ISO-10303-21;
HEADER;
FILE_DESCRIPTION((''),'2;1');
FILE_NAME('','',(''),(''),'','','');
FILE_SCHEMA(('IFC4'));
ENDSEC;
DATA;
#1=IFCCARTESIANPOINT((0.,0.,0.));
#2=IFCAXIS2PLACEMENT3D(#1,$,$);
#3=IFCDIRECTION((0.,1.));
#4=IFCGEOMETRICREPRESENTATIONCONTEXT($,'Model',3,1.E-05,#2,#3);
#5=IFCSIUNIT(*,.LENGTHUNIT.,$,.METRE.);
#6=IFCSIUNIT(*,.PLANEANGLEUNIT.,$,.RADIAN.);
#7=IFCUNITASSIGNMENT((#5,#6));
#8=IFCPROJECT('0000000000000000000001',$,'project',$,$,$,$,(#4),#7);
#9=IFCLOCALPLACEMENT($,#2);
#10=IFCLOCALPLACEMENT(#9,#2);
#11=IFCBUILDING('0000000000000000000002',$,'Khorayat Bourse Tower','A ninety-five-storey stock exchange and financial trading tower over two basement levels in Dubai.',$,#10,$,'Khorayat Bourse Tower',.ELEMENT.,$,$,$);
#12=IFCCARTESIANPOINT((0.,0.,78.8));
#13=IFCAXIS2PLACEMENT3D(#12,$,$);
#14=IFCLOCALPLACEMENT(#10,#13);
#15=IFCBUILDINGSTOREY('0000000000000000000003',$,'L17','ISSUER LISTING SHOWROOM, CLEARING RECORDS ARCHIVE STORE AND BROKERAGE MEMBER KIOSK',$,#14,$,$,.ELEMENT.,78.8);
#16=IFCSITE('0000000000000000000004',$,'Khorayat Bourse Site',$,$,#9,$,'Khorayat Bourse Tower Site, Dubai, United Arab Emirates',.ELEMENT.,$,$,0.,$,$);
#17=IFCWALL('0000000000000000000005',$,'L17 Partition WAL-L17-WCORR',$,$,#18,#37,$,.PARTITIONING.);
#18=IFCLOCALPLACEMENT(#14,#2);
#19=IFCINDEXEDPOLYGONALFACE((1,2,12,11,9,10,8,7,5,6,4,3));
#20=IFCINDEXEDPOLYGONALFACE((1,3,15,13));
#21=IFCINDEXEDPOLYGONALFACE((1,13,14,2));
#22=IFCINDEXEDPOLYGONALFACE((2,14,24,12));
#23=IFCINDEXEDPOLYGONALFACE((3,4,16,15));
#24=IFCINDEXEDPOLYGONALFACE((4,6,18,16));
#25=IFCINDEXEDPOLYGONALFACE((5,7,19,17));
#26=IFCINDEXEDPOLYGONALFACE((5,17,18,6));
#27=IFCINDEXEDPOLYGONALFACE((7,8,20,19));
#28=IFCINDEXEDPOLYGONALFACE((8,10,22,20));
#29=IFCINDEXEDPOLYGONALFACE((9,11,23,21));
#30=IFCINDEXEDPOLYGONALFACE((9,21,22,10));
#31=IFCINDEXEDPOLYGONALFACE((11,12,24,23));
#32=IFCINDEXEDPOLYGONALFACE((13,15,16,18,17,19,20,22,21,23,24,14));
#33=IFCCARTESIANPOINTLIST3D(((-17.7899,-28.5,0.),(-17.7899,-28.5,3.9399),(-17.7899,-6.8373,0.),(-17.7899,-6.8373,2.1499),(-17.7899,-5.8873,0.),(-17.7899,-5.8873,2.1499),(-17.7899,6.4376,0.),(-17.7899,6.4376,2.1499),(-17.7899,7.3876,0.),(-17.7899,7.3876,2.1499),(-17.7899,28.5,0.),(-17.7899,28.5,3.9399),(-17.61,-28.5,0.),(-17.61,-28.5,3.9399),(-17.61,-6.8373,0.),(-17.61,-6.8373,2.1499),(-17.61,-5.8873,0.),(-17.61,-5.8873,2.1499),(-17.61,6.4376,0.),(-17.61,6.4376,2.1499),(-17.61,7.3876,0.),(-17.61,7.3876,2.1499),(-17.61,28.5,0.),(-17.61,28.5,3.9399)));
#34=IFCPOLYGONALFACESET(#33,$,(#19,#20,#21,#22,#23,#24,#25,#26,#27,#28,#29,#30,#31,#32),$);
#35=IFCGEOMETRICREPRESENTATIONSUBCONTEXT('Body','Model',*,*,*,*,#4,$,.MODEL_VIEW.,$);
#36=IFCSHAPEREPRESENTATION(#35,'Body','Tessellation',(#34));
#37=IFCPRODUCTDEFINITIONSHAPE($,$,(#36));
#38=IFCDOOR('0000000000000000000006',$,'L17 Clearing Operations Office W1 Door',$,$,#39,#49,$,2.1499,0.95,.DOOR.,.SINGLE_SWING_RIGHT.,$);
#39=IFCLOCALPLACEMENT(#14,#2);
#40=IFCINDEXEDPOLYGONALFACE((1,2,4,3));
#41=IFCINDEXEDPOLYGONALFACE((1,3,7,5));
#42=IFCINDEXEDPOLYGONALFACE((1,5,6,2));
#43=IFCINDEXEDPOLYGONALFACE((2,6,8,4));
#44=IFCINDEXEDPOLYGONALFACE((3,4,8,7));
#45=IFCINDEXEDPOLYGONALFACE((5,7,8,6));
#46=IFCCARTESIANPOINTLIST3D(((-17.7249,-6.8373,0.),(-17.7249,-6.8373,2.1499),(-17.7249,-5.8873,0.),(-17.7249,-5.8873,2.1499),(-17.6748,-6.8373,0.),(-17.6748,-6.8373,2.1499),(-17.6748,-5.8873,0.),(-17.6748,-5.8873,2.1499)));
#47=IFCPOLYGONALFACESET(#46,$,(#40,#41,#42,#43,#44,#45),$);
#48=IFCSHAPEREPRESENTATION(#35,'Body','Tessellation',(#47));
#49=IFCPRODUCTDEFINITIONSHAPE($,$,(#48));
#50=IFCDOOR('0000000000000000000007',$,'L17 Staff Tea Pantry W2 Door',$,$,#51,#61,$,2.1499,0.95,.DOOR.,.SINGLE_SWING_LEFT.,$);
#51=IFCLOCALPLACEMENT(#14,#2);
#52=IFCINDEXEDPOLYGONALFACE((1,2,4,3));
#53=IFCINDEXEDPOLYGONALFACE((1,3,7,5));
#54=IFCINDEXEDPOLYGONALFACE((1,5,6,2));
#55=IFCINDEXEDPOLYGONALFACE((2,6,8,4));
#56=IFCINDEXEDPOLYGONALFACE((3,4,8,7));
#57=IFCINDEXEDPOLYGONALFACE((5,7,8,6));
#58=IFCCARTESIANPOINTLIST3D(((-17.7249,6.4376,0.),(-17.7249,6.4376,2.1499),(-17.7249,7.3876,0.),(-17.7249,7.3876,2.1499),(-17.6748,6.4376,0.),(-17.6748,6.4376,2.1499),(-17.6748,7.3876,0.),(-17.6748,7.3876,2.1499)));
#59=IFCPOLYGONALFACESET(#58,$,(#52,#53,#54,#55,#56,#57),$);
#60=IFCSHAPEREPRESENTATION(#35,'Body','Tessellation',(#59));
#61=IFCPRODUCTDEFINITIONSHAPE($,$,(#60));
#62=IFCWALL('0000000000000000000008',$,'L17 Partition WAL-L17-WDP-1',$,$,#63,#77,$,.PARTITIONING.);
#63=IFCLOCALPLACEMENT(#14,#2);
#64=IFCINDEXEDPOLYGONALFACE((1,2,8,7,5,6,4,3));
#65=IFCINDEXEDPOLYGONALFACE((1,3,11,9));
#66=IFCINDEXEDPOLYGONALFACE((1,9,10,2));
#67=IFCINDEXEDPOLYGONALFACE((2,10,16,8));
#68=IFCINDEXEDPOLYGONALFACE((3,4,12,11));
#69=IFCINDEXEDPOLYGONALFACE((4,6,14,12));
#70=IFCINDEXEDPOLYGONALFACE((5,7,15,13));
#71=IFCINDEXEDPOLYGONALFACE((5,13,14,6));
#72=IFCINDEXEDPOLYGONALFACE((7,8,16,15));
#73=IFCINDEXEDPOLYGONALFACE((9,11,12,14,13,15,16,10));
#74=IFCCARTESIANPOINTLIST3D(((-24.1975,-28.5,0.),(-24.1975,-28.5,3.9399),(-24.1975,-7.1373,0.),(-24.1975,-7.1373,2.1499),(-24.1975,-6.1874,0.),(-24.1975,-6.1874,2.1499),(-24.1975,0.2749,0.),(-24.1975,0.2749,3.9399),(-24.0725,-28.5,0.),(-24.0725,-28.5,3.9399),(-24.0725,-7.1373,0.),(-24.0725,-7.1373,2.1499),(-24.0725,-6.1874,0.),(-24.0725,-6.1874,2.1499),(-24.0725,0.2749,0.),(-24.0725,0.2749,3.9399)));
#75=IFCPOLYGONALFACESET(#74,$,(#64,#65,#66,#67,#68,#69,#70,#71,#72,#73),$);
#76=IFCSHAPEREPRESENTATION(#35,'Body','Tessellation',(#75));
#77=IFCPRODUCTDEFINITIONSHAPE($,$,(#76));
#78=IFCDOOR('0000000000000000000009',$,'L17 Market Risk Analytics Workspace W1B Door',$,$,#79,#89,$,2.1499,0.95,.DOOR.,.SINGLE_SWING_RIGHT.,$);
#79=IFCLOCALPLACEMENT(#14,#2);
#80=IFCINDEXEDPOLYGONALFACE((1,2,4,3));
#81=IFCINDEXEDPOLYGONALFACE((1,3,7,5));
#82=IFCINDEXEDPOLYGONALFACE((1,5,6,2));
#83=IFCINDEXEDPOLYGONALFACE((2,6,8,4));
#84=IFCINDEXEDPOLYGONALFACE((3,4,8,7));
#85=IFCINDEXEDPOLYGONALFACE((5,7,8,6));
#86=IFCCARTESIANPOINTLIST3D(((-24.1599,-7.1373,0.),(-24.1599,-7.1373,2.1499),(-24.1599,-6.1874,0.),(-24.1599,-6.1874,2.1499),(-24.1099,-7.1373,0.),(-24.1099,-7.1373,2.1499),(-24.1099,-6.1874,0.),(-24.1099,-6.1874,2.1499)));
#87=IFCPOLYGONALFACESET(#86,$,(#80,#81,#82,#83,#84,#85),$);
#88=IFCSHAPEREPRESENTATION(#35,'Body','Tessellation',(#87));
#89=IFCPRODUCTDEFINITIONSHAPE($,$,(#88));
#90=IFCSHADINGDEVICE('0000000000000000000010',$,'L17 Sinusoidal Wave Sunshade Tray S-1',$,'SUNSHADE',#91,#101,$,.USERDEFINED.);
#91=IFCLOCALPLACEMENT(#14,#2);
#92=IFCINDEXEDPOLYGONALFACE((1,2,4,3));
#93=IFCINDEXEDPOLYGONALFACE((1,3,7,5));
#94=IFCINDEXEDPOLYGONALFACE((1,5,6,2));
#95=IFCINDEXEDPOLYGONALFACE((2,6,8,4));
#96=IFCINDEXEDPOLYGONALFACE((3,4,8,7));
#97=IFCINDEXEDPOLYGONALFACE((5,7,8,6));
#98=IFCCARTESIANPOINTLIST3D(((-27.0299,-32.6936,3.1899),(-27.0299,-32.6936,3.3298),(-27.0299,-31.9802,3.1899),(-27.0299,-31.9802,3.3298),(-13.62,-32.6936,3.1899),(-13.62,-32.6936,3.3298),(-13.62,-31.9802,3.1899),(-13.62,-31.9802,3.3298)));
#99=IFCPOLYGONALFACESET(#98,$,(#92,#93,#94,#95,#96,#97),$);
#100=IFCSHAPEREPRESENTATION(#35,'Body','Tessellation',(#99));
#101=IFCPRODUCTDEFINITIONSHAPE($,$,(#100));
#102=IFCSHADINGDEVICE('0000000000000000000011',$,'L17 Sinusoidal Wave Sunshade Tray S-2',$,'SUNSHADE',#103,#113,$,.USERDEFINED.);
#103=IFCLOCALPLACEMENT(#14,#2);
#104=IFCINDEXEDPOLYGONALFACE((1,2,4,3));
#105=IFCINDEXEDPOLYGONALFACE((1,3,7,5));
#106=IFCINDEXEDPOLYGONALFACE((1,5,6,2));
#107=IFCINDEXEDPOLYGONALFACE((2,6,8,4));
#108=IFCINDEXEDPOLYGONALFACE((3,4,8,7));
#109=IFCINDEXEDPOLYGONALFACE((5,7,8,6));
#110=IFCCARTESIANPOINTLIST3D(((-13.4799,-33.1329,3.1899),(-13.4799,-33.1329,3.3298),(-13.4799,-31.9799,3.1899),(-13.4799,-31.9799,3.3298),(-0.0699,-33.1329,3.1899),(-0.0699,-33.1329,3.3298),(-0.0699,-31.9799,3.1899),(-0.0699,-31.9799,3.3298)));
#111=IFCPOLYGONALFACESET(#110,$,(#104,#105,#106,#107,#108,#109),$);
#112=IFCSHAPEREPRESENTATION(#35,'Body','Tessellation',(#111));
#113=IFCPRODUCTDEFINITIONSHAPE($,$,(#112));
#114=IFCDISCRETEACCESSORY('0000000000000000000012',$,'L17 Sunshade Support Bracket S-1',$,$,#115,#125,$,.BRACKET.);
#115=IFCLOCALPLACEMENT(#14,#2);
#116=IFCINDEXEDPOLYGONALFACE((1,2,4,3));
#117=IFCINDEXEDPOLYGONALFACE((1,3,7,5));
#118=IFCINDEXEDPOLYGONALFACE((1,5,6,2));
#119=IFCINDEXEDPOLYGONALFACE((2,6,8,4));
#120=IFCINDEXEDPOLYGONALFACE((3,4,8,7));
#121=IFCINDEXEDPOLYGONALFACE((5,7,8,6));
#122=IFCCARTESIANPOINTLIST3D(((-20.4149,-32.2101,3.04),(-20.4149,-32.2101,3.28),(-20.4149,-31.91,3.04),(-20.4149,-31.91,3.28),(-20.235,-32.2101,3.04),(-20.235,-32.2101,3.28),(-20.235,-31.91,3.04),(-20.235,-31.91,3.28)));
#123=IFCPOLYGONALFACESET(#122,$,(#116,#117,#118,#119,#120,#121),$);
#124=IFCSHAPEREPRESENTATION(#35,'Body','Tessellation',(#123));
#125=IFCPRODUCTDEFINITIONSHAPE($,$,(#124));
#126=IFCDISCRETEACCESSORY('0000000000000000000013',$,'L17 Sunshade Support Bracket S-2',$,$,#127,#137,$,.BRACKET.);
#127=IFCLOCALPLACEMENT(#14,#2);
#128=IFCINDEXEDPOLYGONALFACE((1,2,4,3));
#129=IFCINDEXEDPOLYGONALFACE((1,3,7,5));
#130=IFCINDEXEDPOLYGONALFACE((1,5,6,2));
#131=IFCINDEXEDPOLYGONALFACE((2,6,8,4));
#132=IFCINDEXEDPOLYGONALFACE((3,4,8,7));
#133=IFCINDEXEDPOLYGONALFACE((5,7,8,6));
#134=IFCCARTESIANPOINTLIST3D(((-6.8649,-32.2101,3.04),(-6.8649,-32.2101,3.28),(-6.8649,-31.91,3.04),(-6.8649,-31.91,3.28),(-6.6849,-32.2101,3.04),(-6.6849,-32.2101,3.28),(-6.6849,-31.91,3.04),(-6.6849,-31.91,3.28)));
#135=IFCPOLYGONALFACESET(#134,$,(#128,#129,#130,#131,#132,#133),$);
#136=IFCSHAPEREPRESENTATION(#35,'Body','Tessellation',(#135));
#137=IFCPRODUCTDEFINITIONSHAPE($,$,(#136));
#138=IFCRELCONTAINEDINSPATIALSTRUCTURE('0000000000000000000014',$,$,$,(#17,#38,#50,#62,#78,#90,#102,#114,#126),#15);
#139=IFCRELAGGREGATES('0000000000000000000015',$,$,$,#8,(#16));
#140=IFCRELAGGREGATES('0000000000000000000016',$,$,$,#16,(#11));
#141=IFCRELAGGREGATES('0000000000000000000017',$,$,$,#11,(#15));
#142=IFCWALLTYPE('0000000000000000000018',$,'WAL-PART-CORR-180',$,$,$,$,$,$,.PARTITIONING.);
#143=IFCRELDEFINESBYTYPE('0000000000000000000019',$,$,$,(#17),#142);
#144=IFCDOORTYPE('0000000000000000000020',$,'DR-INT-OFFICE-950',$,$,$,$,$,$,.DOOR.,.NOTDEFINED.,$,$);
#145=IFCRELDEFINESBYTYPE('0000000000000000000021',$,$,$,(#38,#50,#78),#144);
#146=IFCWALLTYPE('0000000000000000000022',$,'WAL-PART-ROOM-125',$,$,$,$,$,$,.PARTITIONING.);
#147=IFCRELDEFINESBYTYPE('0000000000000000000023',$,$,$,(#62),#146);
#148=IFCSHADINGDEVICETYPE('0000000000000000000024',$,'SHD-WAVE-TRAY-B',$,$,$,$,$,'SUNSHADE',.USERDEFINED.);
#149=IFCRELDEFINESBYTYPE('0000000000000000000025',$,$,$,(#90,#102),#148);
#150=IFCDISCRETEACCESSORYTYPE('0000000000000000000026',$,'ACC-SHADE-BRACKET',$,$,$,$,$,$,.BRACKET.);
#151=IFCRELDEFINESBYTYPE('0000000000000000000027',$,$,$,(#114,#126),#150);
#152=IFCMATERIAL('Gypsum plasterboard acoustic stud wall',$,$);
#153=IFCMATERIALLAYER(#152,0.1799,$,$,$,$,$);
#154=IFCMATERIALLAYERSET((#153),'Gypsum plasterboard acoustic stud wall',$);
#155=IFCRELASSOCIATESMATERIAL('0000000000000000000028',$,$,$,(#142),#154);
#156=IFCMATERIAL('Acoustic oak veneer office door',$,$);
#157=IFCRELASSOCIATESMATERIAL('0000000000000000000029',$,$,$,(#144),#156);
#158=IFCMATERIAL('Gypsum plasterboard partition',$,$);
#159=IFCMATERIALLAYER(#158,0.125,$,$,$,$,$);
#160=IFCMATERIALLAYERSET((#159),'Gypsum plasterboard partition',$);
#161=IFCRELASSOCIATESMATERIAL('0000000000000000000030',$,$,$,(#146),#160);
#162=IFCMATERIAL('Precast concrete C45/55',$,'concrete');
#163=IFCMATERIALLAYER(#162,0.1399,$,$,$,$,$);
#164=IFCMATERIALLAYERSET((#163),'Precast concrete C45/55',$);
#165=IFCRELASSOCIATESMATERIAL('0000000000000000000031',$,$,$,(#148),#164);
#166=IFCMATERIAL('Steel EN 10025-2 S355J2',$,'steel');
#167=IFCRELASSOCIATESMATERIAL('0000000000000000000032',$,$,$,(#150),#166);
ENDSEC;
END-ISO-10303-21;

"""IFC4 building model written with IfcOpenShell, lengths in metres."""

from ifc_helpers import new_model, si_unit, direction, frame, frame_2d, origin, origin_2d, place, context, subcontext, project, spatial, rectangle, extrude, source, transform, mapped, material, layer, layer_set, type_object, element, fill, save


model = new_model("IFC4")

# Units and contexts
model_context = context("Model", 3, precision=1e-05, world=origin(), true_north=direction((0.0, 1.0)))
body_context = subcontext(model_context, "Body", "Model", "MODEL_VIEW")
ifc_project = project(units=[si_unit("LENGTHUNIT", "METRE"), si_unit("PLANEANGLEUNIT", "RADIAN")], contexts=[model_context])

# Site, building, storey
site_placement = place(None, origin())
site = spatial("IfcSite", under=ifc_project, at=site_placement, Name="Khorayat Bourse Site", LongName="Khorayat Bourse Tower Site, Dubai, United Arab Emirates", CompositionType="ELEMENT", RefElevation=0.0)
building_placement = place(site_placement, origin())
building = spatial("IfcBuilding", under=site, at=building_placement, Name="Khorayat Bourse Tower", Description="A ninety-five-storey stock exchange and financial trading tower over two basement levels in Dubai.", LongName="Khorayat Bourse Tower", CompositionType="ELEMENT")
storey_placement = place(building_placement, frame((0.0, 0.0, 78.8)))
storey = spatial("IfcBuildingStorey", under=building, at=storey_placement, Name="L17", Description="ISSUER LISTING SHOWROOM, CLEARING RECORDS ARCHIVE STORE AND BROKERAGE MEMBER KIOSK", CompositionType="ELEMENT", Elevation=78.8)

# Shared definitions
ifc_material_1 = material(Name="Steel EN 10025-2 S355J2", Category="steel")

# Wall, openings, doors
ifc_material_2 = material(Name="Gypsum plasterboard acoustic stud wall")
ifc_layer_1 = layer(ifc_material_2, 0.1799)
ifc_layer_set_1 = layer_set([ifc_layer_1], Name="Gypsum plasterboard acoustic stud wall")
wall_type_1 = type_object("IfcWallType", Name="WAL-PART-CORR-180", PredefinedType="PARTITIONING", material=ifc_layer_set_1)
shared_shape_1 = source(origin(), body_context, "Body", "SweptSolid", [
    extrude(rectangle(XDim=57.0, YDim=0.1799, at=frame_2d((28.5, 0.0))), origin(), (0.0, 0.0, 1.0), 3.9399),
])
wall_1_placement = place(storey_placement, frame((-17.7, -28.5, 0.0), z_axis=(0.0, 0.0, 1.0), x_axis=(0.0, 1.0, 0.0)))
wall_1 = element("IfcWall", 1, at=wall_1_placement, inside=storey, type_object=wall_type_1, Name="L17 Partition WAL-L17-WCORR", PredefinedType="PARTITIONING", context=body_context, shape_type="MappedRepresentation", body=[
    mapped(shared_shape_1, transform((0.0, 0.0, 0.0), scale=1.0)),
])
shared_shape_2 = source(origin(), body_context, "Body", "SweptSolid", [
    extrude(rectangle(XDim=0.95, YDim=2.1499, at=frame_2d((0.4751, 1.075))), frame((0.0, 0.0999, 0.0), z_axis=(0.0, -1.0, 0.0), x_axis=(1.0, 0.0, 0.0)), (0.0, 0.0, 1.0), 0.2),
])
opening_1_placement = place(wall_1_placement, frame((21.6626, 0.0, 0.0)))
opening_1 = element("IfcOpeningElement", 2, at=opening_1_placement, cuts=wall_1, PredefinedType="OPENING", context=body_context, shape_type="MappedRepresentation", body=[
    mapped(shared_shape_2, transform((0.0, 0.0, 0.0), scale=1.0)),
])
opening_2_placement = place(wall_1_placement, frame((34.9375, 0.0, 0.0)))
opening_2 = element("IfcOpeningElement", 3, at=opening_2_placement, cuts=wall_1, PredefinedType="OPENING", context=body_context, shape_type="MappedRepresentation", body=[
    mapped(shared_shape_2, transform((0.0, 0.0, 0.0), scale=1.0)),
])
ifc_material_3 = material(Name="Acoustic oak veneer office door")
door_type = type_object("IfcDoorType", Name="DR-INT-OFFICE-950", OperationType="NOTDEFINED", PredefinedType="DOOR", material=ifc_material_3)
shared_shape_3 = source(origin(), body_context, "Body", "SweptSolid", [
    extrude(rectangle(XDim=0.95, YDim=2.1499, at=frame_2d((0.4751, 1.075))), frame((0.0, 0.0249, 0.0), z_axis=(0.0, -1.0, 0.0), x_axis=(1.0, 0.0, 0.0)), (0.0, 0.0, 1.0), 0.05),
])
door_1_placement = place(opening_1_placement, origin())
door_1 = element("IfcDoor", 4, at=door_1_placement, inside=storey, type_object=door_type, Name="L17 Clearing Operations Office W1 Door", OperationType="SINGLE_SWING_RIGHT", OverallHeight=2.1499, OverallWidth=0.95, PredefinedType="DOOR", context=body_context, shape_type="MappedRepresentation", body=[
    mapped(shared_shape_3, transform((0.0, 0.0, 0.0), scale=1.0)),
])
fill(opening_1, door_1)
door_2_placement = place(opening_2_placement, origin())
door_2 = element("IfcDoor", 5, at=door_2_placement, inside=storey, type_object=door_type, Name="L17 Staff Tea Pantry W2 Door", OperationType="SINGLE_SWING_LEFT", OverallHeight=2.1499, OverallWidth=0.95, PredefinedType="DOOR", context=body_context, shape_type="MappedRepresentation", body=[
    mapped(shared_shape_3, transform((0.0, 0.0, 0.0), scale=1.0)),
])
fill(opening_2, door_2)

# Wall, opening, door
ifc_material_4 = material(Name="Gypsum plasterboard partition")
ifc_layer_2 = layer(ifc_material_4, 0.125)
ifc_layer_set_2 = layer_set([ifc_layer_2], Name="Gypsum plasterboard partition")
wall_type_2 = type_object("IfcWallType", Name="WAL-PART-ROOM-125", PredefinedType="PARTITIONING", material=ifc_layer_set_2)
shared_shape_4 = source(origin(), body_context, "Body", "SweptSolid", [
    extrude(rectangle(XDim=28.7749, YDim=0.125, at=frame_2d((14.3875, 0.0))), origin(), (0.0, 0.0, 1.0), 3.9399),
])
wall_2_placement = place(storey_placement, frame((-24.135, -28.5, 0.0), z_axis=(0.0, 0.0, 1.0), x_axis=(0.0, 1.0, 0.0)))
wall_2 = element("IfcWall", 6, at=wall_2_placement, inside=storey, type_object=wall_type_2, Name="L17 Partition WAL-L17-WDP-1", PredefinedType="PARTITIONING", context=body_context, shape_type="MappedRepresentation", body=[
    mapped(shared_shape_4, transform((0.0, 0.0, 0.0), scale=1.0)),
])
shared_shape_5 = source(origin(), body_context, "Body", "SweptSolid", [
    extrude(rectangle(XDim=0.95, YDim=2.1499, at=frame_2d((0.4751, 1.075))), frame((0.0, 0.0725, 0.0), z_axis=(0.0, -1.0, 0.0), x_axis=(1.0, 0.0, 0.0)), (0.0, 0.0, 1.0), 0.145),
])
opening_3_placement = place(wall_2_placement, frame((21.3625, 0.0, 0.0)))
opening_3 = element("IfcOpeningElement", 7, at=opening_3_placement, cuts=wall_2, PredefinedType="OPENING", context=body_context, shape_type="MappedRepresentation", body=[
    mapped(shared_shape_5, transform((0.0, 0.0, 0.0), scale=1.0)),
])
door_3_placement = place(opening_3_placement, origin())
door_3 = element("IfcDoor", 8, at=door_3_placement, inside=storey, type_object=door_type, Name="L17 Market Risk Analytics Workspace W1B Door", OperationType="SINGLE_SWING_RIGHT", OverallHeight=2.1499, OverallWidth=0.95, PredefinedType="DOOR", context=body_context, shape_type="MappedRepresentation", body=[
    mapped(shared_shape_3, transform((0.0, 0.0, 0.0), scale=1.0)),
])
fill(opening_3, door_3)

# Shading devices
ifc_material_5 = material(Name="Precast concrete C45/55", Category="concrete")
ifc_layer_3 = layer(ifc_material_5, 0.1399)
ifc_layer_set_3 = layer_set([ifc_layer_3], Name="Precast concrete C45/55")
shading_device_type = type_object("IfcShadingDeviceType", Name="SHD-WAVE-TRAY-B", ElementType="SUNSHADE", PredefinedType="USERDEFINED", material=ifc_layer_set_3)
shared_shape_6 = source(origin(), body_context, "Body", "SweptSolid", [
    extrude(rectangle(XDim=13.4099, YDim=0.7134, at=origin_2d()), origin(), (0.0, 0.0, 1.0), 0.1399),
])
shading_device_1_placement = place(storey_placement, frame((-20.325, -32.3369, 3.1899), z_axis=(0.0, 0.0, 1.0), x_axis=(1.0, 0.0, 0.0)))
element("IfcShadingDevice", 9, at=shading_device_1_placement, inside=storey, type_object=shading_device_type, Name="L17 Sinusoidal Wave Sunshade Tray S-1", ObjectType="SUNSHADE", PredefinedType="USERDEFINED", context=body_context, shape_type="MappedRepresentation", body=[
    mapped(shared_shape_6, transform((0.0, 0.0, 0.0), scale=1.0)),
])
shared_shape_7 = source(origin(), body_context, "Body", "SweptSolid", [
    extrude(rectangle(XDim=13.4099, YDim=1.1531, at=origin_2d()), origin(), (0.0, 0.0, 1.0), 0.1399),
])
shading_device_2_placement = place(storey_placement, frame((-6.7749, -32.5564, 3.1899), z_axis=(0.0, 0.0, 1.0), x_axis=(1.0, 0.0, 0.0)))
element("IfcShadingDevice", 10, at=shading_device_2_placement, inside=storey, type_object=shading_device_type, Name="L17 Sinusoidal Wave Sunshade Tray S-2", ObjectType="SUNSHADE", PredefinedType="USERDEFINED", context=body_context, shape_type="MappedRepresentation", body=[
    mapped(shared_shape_7, transform((0.0, 0.0, 0.0), scale=1.0)),
])

# Discrete accessories
discrete_accessory_type = type_object("IfcDiscreteAccessoryType", Name="ACC-SHADE-BRACKET", PredefinedType="BRACKET", material=ifc_material_1)
shared_shape_8 = source(origin(), body_context, "Body", "SweptSolid", [
    extrude(rectangle(XDim=0.1799, YDim=0.3, at=origin_2d()), origin(), (0.0, 0.0, 1.0), 0.24),
])
for number, where, z_axis, x_axis, name in (
    (11, (-20.325, -32.0601, 3.04), (0.0, 0.0, 1.0), (1.0, 0.0, 0.0), "L17 Sunshade Support Bracket S-1"),
    (12, (-6.7749, -32.0601, 3.04), (0.0, 0.0, 1.0), (1.0, 0.0, 0.0), "L17 Sunshade Support Bracket S-2"),
):
    element("IfcDiscreteAccessory", number, at=place(storey_placement, frame(where, z_axis=z_axis, x_axis=x_axis)), inside=storey, type_object=discrete_accessory_type, Name=name, PredefinedType="BRACKET", context=body_context, shape_type="MappedRepresentation", body=[
        mapped(shared_shape_8, transform((0.0, 0.0, 0.0), scale=1.0)),
    ])

save(model, "model.ifc")
